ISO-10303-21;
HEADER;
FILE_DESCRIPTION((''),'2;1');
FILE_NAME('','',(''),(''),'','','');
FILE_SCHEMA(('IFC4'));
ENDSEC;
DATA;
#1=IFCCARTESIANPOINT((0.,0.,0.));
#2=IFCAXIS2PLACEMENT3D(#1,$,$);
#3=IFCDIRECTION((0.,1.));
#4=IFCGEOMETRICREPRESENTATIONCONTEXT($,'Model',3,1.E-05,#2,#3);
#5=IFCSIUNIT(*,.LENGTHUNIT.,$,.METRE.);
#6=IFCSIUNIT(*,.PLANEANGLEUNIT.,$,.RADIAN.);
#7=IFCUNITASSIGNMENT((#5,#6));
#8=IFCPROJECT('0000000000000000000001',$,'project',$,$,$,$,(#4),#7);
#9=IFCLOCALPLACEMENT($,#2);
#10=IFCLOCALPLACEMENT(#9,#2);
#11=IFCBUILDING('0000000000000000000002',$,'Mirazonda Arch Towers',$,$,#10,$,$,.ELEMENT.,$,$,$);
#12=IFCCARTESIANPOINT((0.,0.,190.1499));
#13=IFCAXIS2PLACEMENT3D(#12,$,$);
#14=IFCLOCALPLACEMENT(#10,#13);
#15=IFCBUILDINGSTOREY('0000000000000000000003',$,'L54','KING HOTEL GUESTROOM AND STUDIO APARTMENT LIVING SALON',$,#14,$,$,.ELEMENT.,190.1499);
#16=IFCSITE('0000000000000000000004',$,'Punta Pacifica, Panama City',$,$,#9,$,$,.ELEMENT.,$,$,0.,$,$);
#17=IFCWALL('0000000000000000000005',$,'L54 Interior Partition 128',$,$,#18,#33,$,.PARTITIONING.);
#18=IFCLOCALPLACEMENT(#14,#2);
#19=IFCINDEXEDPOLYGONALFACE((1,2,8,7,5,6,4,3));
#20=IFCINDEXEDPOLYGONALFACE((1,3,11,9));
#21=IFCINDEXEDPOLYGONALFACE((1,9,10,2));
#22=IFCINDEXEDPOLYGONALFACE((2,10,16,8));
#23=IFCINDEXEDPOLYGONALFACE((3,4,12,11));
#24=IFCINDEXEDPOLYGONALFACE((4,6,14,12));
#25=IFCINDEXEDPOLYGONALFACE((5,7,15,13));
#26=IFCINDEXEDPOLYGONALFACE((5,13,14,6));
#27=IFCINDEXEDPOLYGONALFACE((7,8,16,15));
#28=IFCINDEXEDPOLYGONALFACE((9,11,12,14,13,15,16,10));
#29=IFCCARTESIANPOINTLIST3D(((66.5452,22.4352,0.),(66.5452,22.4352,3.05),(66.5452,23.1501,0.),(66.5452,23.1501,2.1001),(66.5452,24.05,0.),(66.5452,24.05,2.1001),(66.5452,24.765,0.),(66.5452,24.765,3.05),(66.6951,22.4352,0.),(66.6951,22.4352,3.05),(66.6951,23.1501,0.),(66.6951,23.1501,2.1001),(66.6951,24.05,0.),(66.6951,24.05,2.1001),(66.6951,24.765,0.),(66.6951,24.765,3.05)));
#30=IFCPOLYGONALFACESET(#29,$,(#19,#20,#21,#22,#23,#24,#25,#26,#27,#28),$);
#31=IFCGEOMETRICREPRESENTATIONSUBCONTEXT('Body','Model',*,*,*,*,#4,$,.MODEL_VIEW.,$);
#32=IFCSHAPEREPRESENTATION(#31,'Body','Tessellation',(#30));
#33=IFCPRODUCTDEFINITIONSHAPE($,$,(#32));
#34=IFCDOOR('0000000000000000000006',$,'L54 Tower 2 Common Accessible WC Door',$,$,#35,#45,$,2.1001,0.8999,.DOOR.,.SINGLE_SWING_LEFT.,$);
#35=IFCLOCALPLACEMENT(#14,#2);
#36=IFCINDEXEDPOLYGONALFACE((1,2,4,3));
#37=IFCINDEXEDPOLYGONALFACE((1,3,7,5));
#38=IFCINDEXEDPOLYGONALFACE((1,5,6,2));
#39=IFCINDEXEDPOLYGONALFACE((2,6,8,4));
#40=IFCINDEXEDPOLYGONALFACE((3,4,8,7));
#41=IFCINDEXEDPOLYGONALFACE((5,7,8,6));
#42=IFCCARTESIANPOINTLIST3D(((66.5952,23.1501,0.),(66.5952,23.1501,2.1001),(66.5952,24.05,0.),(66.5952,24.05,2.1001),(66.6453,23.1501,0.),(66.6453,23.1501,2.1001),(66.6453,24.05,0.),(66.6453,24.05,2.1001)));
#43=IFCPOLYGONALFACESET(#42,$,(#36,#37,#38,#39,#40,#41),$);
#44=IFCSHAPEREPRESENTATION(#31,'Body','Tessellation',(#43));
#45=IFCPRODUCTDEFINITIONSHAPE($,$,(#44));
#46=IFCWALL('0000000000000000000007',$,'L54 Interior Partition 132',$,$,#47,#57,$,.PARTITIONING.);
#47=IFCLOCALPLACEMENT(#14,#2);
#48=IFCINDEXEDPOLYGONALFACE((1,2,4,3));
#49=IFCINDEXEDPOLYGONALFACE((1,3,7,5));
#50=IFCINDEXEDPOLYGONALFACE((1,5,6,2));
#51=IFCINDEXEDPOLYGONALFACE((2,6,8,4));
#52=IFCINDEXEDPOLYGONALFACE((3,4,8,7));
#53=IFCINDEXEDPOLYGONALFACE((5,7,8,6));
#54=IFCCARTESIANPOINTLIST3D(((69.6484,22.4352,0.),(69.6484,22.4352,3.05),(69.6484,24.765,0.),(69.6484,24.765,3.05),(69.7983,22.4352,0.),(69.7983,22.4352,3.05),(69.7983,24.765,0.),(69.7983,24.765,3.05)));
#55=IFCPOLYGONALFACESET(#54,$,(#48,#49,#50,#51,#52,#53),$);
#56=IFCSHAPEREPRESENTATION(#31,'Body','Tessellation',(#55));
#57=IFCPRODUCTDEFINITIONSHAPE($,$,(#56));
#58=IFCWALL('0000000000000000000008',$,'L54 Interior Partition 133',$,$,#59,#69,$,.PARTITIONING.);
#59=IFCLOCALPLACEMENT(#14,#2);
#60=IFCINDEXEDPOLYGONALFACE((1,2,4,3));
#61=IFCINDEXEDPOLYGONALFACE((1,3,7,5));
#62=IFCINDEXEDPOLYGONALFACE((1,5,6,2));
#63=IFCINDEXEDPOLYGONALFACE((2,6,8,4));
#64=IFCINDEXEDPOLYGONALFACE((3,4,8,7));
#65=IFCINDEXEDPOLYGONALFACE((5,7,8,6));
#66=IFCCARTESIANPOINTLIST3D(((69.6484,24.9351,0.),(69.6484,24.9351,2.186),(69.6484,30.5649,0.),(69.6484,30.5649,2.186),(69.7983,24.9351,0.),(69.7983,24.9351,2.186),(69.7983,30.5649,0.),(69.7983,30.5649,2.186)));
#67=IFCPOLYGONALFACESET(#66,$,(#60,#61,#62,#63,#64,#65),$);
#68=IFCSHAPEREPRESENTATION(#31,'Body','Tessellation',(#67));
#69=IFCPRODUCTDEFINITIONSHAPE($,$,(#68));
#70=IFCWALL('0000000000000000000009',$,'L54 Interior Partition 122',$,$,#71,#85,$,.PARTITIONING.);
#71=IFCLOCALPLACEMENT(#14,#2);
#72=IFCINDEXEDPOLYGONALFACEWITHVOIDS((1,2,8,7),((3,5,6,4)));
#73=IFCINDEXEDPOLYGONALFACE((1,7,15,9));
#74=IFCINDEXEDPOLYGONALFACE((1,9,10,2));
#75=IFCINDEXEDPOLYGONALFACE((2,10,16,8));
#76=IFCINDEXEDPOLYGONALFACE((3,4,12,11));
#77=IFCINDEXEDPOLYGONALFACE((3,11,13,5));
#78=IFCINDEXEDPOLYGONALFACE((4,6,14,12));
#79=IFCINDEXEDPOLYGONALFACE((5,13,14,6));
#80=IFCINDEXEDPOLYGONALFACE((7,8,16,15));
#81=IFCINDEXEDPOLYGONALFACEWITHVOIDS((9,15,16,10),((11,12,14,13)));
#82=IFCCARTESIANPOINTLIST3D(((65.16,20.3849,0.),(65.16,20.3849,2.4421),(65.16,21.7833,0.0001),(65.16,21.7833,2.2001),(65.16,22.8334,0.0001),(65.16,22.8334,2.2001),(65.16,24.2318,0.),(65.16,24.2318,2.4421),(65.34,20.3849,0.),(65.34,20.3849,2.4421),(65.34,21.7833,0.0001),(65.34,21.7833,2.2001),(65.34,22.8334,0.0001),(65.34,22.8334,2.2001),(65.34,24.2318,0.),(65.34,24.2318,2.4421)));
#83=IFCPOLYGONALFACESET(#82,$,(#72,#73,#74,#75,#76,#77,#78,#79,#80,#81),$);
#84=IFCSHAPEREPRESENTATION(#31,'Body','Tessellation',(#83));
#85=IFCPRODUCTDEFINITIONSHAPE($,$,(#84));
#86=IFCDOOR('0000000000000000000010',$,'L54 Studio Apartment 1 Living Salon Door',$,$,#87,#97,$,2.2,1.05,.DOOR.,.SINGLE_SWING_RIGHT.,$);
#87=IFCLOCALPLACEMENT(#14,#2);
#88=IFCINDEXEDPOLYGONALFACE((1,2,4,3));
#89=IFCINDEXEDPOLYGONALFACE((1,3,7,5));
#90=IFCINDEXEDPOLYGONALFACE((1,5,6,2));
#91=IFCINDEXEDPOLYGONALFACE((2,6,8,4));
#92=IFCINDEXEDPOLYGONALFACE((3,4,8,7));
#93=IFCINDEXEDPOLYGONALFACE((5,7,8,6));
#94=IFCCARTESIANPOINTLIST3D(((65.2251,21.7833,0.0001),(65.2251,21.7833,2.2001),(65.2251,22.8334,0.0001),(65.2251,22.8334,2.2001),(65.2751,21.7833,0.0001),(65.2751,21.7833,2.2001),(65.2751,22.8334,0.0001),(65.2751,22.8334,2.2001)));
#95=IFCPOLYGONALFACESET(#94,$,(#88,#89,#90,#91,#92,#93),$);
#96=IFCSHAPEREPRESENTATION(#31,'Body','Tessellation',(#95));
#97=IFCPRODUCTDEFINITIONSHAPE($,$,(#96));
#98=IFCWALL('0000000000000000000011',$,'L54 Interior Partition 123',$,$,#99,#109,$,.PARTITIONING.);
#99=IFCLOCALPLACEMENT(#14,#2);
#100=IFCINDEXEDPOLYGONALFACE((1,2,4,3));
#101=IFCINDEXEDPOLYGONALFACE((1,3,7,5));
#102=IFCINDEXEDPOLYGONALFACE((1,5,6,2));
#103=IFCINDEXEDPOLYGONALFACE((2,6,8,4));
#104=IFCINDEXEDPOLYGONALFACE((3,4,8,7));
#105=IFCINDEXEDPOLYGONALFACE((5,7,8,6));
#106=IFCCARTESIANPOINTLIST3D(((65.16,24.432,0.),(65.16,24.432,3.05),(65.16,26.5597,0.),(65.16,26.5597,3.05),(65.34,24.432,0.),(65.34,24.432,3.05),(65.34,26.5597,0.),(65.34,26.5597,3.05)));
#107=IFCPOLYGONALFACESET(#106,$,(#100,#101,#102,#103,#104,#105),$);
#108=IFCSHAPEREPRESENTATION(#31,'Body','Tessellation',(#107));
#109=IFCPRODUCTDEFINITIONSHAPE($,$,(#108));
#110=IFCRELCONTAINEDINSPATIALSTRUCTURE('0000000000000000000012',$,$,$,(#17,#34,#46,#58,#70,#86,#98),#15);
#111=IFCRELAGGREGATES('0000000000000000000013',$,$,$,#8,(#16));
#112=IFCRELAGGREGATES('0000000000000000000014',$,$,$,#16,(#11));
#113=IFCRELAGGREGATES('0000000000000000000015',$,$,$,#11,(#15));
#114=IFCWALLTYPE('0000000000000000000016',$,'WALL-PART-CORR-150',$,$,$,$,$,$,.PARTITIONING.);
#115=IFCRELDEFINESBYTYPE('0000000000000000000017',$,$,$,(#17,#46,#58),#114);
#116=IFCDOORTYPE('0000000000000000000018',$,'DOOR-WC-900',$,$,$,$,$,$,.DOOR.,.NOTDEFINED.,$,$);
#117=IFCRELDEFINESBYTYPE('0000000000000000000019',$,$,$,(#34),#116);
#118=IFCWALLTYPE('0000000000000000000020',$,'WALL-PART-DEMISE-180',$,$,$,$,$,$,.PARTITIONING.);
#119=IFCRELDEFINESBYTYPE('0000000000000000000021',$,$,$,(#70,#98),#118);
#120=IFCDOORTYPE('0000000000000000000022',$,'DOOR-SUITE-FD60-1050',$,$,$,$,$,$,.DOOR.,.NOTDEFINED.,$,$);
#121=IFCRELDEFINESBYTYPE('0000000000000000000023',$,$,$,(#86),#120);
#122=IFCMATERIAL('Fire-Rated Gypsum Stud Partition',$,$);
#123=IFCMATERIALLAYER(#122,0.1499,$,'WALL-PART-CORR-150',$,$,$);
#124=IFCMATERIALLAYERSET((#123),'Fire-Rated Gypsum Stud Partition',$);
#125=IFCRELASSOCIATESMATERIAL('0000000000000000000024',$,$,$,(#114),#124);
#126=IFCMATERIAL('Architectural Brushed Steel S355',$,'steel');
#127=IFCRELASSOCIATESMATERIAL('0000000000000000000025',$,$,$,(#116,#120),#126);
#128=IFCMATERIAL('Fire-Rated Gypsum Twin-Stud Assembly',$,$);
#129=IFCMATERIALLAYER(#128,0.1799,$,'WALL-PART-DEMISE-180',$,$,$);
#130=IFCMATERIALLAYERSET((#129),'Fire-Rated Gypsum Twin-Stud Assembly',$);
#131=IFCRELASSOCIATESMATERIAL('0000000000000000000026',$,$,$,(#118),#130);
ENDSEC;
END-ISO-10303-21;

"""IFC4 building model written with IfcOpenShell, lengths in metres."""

from ifc_helpers import new_model, si_unit, direction, frame, frame_2d, origin, place, context, subcontext, project, spatial, rectangle, extrude, material, layer, layer_set, type_object, element, fill, save


model = new_model("IFC4")

# Units and contexts
model_context = context("Model", 3, precision=1e-05, world=origin(), true_north=direction((0.0, 1.0)))
body_context = subcontext(model_context, "Body", "Model", "MODEL_VIEW")
ifc_project = project(units=[si_unit("LENGTHUNIT", "METRE"), si_unit("PLANEANGLEUNIT", "RADIAN")], contexts=[model_context])

# Site, building, storey
site_placement = place(None, origin())
site = spatial("IfcSite", under=ifc_project, at=site_placement, Name="Punta Pacifica, Panama City", CompositionType="ELEMENT", RefElevation=0.0)
building_placement = place(site_placement, origin())
building = spatial("IfcBuilding", under=site, at=building_placement, Name="Mirazonda Arch Towers", CompositionType="ELEMENT")
storey_placement = place(building_placement, frame((0.0, 0.0, 190.1499)))
storey = spatial("IfcBuildingStorey", under=building, at=storey_placement, Name="L54", Description="KING HOTEL GUESTROOM AND STUDIO APARTMENT LIVING SALON", CompositionType="ELEMENT", Elevation=190.1499)

# Shared definitions
ifc_material_1 = material(Name="Architectural Brushed Steel S355", Category="steel")

# Shared definitions
ifc_material_2 = material(Name="Fire-Rated Gypsum Stud Partition")
ifc_layer_1 = layer(ifc_material_2, 0.1499, Name="WALL-PART-CORR-150")
ifc_layer_set_1 = layer_set([ifc_layer_1], Name="Fire-Rated Gypsum Stud Partition")
wall_type_1 = type_object("IfcWallType", Name="WALL-PART-CORR-150", PredefinedType="PARTITIONING", material=ifc_layer_set_1)

# Wall, opening, door
wall_1_placement = place(storey_placement, frame((66.6201, 22.4351, 0.0), z_axis=(0.0, 0.0, 1.0), x_axis=(0.0, 1.0, 0.0)))
wall_1 = element("IfcWall", 1, at=wall_1_placement, inside=storey, type_object=wall_type_1, Name="L54 Interior Partition 128", PredefinedType="PARTITIONING", context=body_context, shape_type="SweptSolid", body=[
    extrude(rectangle(XDim=2.3298, YDim=0.1499, at=frame_2d((1.165, 0.0))), origin(), (0.0, 0.0, 1.0), 3.05),
])
opening_1_placement = place(wall_1_placement, frame((0.7151, 0.0, 0.0)))
opening_1 = element("IfcOpeningElement", 2, at=opening_1_placement, cuts=wall_1, PredefinedType="OPENING", context=body_context, shape_type="SweptSolid", body=[
    extrude(rectangle(XDim=0.8999, YDim=2.1001, at=frame_2d((0.45, 1.05))), frame((0.0, 0.085, 0.0), z_axis=(0.0, -1.0, 0.0), x_axis=(1.0, 0.0, 0.0)), (0.0, 0.0, 1.0), 0.1699),
])
door_type_1 = type_object("IfcDoorType", Name="DOOR-WC-900", OperationType="NOTDEFINED", PredefinedType="DOOR", material=ifc_material_1)
door_1_placement = place(opening_1_placement, origin())
door_1 = element("IfcDoor", 3, at=door_1_placement, inside=storey, type_object=door_type_1, Name="L54 Tower 2 Common Accessible WC Door", OperationType="SINGLE_SWING_LEFT", OverallHeight=2.1001, OverallWidth=0.8999, PredefinedType="DOOR", context=body_context, shape_type="SweptSolid", body=[
    extrude(rectangle(XDim=0.8999, YDim=2.1001, at=frame_2d((0.45, 1.05))), frame((0.0, 0.0249, 0.0), z_axis=(0.0, -1.0, 0.0), x_axis=(1.0, 0.0, 0.0)), (0.0, 0.0, 1.0), 0.05),
])
fill(opening_1, door_1)

# Walls
wall_2_placement = place(storey_placement, frame((69.7234, 22.4351, 0.0), z_axis=(0.0, 0.0, 1.0), x_axis=(0.0, 1.0, 0.0)))
element("IfcWall", 4, at=wall_2_placement, inside=storey, type_object=wall_type_1, Name="L54 Interior Partition 132", PredefinedType="PARTITIONING", context=body_context, shape_type="SweptSolid", body=[
    extrude(rectangle(XDim=2.3298, YDim=0.1499, at=frame_2d((1.165, 0.0))), origin(), (0.0, 0.0, 1.0), 3.05),
])
wall_3_placement = place(storey_placement, frame((69.7234, 24.9351, 0.0), z_axis=(0.0, 0.0, 1.0), x_axis=(0.0, 1.0, 0.0)))
element("IfcWall", 5, at=wall_3_placement, inside=storey, type_object=wall_type_1, Name="L54 Interior Partition 133", PredefinedType="PARTITIONING", context=body_context, shape_type="SweptSolid", body=[
    extrude(rectangle(XDim=5.6299, YDim=0.1499, at=frame_2d((2.8149, 0.0))), origin(), (0.0, 0.0, 1.0), 2.186),
])

# Wall, opening, door
ifc_material_3 = material(Name="Fire-Rated Gypsum Twin-Stud Assembly")
ifc_layer_2 = layer(ifc_material_3, 0.1799, Name="WALL-PART-DEMISE-180")
ifc_layer_set_2 = layer_set([ifc_layer_2], Name="Fire-Rated Gypsum Twin-Stud Assembly")
wall_type_2 = type_object("IfcWallType", Name="WALL-PART-DEMISE-180", PredefinedType="PARTITIONING", material=ifc_layer_set_2)
wall_4_placement = place(storey_placement, frame((65.25, 20.385, 0.0), z_axis=(0.0, 0.0, 1.0), x_axis=(0.0, 1.0, 0.0)))
wall_4 = element("IfcWall", 6, at=wall_4_placement, inside=storey, type_object=wall_type_2, Name="L54 Interior Partition 122", PredefinedType="PARTITIONING", context=body_context, shape_type="SweptSolid", body=[
    extrude(rectangle(XDim=3.8469, YDim=0.1799, at=frame_2d((1.9233, 0.0))), origin(), (0.0, 0.0, 1.0), 2.4421),
])
opening_2_placement = place(wall_4_placement, frame((1.3984, 0.0, 0.0)))
opening_2 = element("IfcOpeningElement", 7, at=opening_2_placement, cuts=wall_4, PredefinedType="OPENING", context=body_context, shape_type="SweptSolid", body=[
    extrude(rectangle(XDim=1.05, YDim=2.2, at=frame_2d((0.5249, 1.1001))), frame((0.0, 0.0999, 0.0), z_axis=(0.0, -1.0, 0.0), x_axis=(1.0, 0.0, 0.0)), (0.0, 0.0, 1.0), 0.2),
])
door_type_2 = type_object("IfcDoorType", Name="DOOR-SUITE-FD60-1050", OperationType="NOTDEFINED", PredefinedType="DOOR", material=ifc_material_1)
door_2_placement = place(opening_2_placement, origin())
door_2 = element("IfcDoor", 8, at=door_2_placement, inside=storey, type_object=door_type_2, Name="L54 Studio Apartment 1 Living Salon Door", OperationType="SINGLE_SWING_RIGHT", OverallHeight=2.2, OverallWidth=1.05, PredefinedType="DOOR", context=body_context, shape_type="SweptSolid", body=[
    extrude(rectangle(XDim=1.05, YDim=2.2, at=frame_2d((0.5249, 1.1001))), frame((0.0, 0.0249, 0.0), z_axis=(0.0, -1.0, 0.0), x_axis=(1.0, 0.0, 0.0)), (0.0, 0.0, 1.0), 0.05),
])
fill(opening_2, door_2)

# Wall
wall_5_placement = place(storey_placement, frame((65.25, 24.4319, 0.0), z_axis=(0.0, 0.0, 1.0), x_axis=(0.0, 1.0, 0.0)))
element("IfcWall", 9, at=wall_5_placement, inside=storey, type_object=wall_type_2, Name="L54 Interior Partition 123", PredefinedType="PARTITIONING", context=body_context, shape_type="SweptSolid", body=[
    extrude(rectangle(XDim=2.1277, YDim=0.1799, at=frame_2d((1.064, 0.0))), origin(), (0.0, 0.0, 1.0), 3.05),
])

save(model, "model.ifc")
